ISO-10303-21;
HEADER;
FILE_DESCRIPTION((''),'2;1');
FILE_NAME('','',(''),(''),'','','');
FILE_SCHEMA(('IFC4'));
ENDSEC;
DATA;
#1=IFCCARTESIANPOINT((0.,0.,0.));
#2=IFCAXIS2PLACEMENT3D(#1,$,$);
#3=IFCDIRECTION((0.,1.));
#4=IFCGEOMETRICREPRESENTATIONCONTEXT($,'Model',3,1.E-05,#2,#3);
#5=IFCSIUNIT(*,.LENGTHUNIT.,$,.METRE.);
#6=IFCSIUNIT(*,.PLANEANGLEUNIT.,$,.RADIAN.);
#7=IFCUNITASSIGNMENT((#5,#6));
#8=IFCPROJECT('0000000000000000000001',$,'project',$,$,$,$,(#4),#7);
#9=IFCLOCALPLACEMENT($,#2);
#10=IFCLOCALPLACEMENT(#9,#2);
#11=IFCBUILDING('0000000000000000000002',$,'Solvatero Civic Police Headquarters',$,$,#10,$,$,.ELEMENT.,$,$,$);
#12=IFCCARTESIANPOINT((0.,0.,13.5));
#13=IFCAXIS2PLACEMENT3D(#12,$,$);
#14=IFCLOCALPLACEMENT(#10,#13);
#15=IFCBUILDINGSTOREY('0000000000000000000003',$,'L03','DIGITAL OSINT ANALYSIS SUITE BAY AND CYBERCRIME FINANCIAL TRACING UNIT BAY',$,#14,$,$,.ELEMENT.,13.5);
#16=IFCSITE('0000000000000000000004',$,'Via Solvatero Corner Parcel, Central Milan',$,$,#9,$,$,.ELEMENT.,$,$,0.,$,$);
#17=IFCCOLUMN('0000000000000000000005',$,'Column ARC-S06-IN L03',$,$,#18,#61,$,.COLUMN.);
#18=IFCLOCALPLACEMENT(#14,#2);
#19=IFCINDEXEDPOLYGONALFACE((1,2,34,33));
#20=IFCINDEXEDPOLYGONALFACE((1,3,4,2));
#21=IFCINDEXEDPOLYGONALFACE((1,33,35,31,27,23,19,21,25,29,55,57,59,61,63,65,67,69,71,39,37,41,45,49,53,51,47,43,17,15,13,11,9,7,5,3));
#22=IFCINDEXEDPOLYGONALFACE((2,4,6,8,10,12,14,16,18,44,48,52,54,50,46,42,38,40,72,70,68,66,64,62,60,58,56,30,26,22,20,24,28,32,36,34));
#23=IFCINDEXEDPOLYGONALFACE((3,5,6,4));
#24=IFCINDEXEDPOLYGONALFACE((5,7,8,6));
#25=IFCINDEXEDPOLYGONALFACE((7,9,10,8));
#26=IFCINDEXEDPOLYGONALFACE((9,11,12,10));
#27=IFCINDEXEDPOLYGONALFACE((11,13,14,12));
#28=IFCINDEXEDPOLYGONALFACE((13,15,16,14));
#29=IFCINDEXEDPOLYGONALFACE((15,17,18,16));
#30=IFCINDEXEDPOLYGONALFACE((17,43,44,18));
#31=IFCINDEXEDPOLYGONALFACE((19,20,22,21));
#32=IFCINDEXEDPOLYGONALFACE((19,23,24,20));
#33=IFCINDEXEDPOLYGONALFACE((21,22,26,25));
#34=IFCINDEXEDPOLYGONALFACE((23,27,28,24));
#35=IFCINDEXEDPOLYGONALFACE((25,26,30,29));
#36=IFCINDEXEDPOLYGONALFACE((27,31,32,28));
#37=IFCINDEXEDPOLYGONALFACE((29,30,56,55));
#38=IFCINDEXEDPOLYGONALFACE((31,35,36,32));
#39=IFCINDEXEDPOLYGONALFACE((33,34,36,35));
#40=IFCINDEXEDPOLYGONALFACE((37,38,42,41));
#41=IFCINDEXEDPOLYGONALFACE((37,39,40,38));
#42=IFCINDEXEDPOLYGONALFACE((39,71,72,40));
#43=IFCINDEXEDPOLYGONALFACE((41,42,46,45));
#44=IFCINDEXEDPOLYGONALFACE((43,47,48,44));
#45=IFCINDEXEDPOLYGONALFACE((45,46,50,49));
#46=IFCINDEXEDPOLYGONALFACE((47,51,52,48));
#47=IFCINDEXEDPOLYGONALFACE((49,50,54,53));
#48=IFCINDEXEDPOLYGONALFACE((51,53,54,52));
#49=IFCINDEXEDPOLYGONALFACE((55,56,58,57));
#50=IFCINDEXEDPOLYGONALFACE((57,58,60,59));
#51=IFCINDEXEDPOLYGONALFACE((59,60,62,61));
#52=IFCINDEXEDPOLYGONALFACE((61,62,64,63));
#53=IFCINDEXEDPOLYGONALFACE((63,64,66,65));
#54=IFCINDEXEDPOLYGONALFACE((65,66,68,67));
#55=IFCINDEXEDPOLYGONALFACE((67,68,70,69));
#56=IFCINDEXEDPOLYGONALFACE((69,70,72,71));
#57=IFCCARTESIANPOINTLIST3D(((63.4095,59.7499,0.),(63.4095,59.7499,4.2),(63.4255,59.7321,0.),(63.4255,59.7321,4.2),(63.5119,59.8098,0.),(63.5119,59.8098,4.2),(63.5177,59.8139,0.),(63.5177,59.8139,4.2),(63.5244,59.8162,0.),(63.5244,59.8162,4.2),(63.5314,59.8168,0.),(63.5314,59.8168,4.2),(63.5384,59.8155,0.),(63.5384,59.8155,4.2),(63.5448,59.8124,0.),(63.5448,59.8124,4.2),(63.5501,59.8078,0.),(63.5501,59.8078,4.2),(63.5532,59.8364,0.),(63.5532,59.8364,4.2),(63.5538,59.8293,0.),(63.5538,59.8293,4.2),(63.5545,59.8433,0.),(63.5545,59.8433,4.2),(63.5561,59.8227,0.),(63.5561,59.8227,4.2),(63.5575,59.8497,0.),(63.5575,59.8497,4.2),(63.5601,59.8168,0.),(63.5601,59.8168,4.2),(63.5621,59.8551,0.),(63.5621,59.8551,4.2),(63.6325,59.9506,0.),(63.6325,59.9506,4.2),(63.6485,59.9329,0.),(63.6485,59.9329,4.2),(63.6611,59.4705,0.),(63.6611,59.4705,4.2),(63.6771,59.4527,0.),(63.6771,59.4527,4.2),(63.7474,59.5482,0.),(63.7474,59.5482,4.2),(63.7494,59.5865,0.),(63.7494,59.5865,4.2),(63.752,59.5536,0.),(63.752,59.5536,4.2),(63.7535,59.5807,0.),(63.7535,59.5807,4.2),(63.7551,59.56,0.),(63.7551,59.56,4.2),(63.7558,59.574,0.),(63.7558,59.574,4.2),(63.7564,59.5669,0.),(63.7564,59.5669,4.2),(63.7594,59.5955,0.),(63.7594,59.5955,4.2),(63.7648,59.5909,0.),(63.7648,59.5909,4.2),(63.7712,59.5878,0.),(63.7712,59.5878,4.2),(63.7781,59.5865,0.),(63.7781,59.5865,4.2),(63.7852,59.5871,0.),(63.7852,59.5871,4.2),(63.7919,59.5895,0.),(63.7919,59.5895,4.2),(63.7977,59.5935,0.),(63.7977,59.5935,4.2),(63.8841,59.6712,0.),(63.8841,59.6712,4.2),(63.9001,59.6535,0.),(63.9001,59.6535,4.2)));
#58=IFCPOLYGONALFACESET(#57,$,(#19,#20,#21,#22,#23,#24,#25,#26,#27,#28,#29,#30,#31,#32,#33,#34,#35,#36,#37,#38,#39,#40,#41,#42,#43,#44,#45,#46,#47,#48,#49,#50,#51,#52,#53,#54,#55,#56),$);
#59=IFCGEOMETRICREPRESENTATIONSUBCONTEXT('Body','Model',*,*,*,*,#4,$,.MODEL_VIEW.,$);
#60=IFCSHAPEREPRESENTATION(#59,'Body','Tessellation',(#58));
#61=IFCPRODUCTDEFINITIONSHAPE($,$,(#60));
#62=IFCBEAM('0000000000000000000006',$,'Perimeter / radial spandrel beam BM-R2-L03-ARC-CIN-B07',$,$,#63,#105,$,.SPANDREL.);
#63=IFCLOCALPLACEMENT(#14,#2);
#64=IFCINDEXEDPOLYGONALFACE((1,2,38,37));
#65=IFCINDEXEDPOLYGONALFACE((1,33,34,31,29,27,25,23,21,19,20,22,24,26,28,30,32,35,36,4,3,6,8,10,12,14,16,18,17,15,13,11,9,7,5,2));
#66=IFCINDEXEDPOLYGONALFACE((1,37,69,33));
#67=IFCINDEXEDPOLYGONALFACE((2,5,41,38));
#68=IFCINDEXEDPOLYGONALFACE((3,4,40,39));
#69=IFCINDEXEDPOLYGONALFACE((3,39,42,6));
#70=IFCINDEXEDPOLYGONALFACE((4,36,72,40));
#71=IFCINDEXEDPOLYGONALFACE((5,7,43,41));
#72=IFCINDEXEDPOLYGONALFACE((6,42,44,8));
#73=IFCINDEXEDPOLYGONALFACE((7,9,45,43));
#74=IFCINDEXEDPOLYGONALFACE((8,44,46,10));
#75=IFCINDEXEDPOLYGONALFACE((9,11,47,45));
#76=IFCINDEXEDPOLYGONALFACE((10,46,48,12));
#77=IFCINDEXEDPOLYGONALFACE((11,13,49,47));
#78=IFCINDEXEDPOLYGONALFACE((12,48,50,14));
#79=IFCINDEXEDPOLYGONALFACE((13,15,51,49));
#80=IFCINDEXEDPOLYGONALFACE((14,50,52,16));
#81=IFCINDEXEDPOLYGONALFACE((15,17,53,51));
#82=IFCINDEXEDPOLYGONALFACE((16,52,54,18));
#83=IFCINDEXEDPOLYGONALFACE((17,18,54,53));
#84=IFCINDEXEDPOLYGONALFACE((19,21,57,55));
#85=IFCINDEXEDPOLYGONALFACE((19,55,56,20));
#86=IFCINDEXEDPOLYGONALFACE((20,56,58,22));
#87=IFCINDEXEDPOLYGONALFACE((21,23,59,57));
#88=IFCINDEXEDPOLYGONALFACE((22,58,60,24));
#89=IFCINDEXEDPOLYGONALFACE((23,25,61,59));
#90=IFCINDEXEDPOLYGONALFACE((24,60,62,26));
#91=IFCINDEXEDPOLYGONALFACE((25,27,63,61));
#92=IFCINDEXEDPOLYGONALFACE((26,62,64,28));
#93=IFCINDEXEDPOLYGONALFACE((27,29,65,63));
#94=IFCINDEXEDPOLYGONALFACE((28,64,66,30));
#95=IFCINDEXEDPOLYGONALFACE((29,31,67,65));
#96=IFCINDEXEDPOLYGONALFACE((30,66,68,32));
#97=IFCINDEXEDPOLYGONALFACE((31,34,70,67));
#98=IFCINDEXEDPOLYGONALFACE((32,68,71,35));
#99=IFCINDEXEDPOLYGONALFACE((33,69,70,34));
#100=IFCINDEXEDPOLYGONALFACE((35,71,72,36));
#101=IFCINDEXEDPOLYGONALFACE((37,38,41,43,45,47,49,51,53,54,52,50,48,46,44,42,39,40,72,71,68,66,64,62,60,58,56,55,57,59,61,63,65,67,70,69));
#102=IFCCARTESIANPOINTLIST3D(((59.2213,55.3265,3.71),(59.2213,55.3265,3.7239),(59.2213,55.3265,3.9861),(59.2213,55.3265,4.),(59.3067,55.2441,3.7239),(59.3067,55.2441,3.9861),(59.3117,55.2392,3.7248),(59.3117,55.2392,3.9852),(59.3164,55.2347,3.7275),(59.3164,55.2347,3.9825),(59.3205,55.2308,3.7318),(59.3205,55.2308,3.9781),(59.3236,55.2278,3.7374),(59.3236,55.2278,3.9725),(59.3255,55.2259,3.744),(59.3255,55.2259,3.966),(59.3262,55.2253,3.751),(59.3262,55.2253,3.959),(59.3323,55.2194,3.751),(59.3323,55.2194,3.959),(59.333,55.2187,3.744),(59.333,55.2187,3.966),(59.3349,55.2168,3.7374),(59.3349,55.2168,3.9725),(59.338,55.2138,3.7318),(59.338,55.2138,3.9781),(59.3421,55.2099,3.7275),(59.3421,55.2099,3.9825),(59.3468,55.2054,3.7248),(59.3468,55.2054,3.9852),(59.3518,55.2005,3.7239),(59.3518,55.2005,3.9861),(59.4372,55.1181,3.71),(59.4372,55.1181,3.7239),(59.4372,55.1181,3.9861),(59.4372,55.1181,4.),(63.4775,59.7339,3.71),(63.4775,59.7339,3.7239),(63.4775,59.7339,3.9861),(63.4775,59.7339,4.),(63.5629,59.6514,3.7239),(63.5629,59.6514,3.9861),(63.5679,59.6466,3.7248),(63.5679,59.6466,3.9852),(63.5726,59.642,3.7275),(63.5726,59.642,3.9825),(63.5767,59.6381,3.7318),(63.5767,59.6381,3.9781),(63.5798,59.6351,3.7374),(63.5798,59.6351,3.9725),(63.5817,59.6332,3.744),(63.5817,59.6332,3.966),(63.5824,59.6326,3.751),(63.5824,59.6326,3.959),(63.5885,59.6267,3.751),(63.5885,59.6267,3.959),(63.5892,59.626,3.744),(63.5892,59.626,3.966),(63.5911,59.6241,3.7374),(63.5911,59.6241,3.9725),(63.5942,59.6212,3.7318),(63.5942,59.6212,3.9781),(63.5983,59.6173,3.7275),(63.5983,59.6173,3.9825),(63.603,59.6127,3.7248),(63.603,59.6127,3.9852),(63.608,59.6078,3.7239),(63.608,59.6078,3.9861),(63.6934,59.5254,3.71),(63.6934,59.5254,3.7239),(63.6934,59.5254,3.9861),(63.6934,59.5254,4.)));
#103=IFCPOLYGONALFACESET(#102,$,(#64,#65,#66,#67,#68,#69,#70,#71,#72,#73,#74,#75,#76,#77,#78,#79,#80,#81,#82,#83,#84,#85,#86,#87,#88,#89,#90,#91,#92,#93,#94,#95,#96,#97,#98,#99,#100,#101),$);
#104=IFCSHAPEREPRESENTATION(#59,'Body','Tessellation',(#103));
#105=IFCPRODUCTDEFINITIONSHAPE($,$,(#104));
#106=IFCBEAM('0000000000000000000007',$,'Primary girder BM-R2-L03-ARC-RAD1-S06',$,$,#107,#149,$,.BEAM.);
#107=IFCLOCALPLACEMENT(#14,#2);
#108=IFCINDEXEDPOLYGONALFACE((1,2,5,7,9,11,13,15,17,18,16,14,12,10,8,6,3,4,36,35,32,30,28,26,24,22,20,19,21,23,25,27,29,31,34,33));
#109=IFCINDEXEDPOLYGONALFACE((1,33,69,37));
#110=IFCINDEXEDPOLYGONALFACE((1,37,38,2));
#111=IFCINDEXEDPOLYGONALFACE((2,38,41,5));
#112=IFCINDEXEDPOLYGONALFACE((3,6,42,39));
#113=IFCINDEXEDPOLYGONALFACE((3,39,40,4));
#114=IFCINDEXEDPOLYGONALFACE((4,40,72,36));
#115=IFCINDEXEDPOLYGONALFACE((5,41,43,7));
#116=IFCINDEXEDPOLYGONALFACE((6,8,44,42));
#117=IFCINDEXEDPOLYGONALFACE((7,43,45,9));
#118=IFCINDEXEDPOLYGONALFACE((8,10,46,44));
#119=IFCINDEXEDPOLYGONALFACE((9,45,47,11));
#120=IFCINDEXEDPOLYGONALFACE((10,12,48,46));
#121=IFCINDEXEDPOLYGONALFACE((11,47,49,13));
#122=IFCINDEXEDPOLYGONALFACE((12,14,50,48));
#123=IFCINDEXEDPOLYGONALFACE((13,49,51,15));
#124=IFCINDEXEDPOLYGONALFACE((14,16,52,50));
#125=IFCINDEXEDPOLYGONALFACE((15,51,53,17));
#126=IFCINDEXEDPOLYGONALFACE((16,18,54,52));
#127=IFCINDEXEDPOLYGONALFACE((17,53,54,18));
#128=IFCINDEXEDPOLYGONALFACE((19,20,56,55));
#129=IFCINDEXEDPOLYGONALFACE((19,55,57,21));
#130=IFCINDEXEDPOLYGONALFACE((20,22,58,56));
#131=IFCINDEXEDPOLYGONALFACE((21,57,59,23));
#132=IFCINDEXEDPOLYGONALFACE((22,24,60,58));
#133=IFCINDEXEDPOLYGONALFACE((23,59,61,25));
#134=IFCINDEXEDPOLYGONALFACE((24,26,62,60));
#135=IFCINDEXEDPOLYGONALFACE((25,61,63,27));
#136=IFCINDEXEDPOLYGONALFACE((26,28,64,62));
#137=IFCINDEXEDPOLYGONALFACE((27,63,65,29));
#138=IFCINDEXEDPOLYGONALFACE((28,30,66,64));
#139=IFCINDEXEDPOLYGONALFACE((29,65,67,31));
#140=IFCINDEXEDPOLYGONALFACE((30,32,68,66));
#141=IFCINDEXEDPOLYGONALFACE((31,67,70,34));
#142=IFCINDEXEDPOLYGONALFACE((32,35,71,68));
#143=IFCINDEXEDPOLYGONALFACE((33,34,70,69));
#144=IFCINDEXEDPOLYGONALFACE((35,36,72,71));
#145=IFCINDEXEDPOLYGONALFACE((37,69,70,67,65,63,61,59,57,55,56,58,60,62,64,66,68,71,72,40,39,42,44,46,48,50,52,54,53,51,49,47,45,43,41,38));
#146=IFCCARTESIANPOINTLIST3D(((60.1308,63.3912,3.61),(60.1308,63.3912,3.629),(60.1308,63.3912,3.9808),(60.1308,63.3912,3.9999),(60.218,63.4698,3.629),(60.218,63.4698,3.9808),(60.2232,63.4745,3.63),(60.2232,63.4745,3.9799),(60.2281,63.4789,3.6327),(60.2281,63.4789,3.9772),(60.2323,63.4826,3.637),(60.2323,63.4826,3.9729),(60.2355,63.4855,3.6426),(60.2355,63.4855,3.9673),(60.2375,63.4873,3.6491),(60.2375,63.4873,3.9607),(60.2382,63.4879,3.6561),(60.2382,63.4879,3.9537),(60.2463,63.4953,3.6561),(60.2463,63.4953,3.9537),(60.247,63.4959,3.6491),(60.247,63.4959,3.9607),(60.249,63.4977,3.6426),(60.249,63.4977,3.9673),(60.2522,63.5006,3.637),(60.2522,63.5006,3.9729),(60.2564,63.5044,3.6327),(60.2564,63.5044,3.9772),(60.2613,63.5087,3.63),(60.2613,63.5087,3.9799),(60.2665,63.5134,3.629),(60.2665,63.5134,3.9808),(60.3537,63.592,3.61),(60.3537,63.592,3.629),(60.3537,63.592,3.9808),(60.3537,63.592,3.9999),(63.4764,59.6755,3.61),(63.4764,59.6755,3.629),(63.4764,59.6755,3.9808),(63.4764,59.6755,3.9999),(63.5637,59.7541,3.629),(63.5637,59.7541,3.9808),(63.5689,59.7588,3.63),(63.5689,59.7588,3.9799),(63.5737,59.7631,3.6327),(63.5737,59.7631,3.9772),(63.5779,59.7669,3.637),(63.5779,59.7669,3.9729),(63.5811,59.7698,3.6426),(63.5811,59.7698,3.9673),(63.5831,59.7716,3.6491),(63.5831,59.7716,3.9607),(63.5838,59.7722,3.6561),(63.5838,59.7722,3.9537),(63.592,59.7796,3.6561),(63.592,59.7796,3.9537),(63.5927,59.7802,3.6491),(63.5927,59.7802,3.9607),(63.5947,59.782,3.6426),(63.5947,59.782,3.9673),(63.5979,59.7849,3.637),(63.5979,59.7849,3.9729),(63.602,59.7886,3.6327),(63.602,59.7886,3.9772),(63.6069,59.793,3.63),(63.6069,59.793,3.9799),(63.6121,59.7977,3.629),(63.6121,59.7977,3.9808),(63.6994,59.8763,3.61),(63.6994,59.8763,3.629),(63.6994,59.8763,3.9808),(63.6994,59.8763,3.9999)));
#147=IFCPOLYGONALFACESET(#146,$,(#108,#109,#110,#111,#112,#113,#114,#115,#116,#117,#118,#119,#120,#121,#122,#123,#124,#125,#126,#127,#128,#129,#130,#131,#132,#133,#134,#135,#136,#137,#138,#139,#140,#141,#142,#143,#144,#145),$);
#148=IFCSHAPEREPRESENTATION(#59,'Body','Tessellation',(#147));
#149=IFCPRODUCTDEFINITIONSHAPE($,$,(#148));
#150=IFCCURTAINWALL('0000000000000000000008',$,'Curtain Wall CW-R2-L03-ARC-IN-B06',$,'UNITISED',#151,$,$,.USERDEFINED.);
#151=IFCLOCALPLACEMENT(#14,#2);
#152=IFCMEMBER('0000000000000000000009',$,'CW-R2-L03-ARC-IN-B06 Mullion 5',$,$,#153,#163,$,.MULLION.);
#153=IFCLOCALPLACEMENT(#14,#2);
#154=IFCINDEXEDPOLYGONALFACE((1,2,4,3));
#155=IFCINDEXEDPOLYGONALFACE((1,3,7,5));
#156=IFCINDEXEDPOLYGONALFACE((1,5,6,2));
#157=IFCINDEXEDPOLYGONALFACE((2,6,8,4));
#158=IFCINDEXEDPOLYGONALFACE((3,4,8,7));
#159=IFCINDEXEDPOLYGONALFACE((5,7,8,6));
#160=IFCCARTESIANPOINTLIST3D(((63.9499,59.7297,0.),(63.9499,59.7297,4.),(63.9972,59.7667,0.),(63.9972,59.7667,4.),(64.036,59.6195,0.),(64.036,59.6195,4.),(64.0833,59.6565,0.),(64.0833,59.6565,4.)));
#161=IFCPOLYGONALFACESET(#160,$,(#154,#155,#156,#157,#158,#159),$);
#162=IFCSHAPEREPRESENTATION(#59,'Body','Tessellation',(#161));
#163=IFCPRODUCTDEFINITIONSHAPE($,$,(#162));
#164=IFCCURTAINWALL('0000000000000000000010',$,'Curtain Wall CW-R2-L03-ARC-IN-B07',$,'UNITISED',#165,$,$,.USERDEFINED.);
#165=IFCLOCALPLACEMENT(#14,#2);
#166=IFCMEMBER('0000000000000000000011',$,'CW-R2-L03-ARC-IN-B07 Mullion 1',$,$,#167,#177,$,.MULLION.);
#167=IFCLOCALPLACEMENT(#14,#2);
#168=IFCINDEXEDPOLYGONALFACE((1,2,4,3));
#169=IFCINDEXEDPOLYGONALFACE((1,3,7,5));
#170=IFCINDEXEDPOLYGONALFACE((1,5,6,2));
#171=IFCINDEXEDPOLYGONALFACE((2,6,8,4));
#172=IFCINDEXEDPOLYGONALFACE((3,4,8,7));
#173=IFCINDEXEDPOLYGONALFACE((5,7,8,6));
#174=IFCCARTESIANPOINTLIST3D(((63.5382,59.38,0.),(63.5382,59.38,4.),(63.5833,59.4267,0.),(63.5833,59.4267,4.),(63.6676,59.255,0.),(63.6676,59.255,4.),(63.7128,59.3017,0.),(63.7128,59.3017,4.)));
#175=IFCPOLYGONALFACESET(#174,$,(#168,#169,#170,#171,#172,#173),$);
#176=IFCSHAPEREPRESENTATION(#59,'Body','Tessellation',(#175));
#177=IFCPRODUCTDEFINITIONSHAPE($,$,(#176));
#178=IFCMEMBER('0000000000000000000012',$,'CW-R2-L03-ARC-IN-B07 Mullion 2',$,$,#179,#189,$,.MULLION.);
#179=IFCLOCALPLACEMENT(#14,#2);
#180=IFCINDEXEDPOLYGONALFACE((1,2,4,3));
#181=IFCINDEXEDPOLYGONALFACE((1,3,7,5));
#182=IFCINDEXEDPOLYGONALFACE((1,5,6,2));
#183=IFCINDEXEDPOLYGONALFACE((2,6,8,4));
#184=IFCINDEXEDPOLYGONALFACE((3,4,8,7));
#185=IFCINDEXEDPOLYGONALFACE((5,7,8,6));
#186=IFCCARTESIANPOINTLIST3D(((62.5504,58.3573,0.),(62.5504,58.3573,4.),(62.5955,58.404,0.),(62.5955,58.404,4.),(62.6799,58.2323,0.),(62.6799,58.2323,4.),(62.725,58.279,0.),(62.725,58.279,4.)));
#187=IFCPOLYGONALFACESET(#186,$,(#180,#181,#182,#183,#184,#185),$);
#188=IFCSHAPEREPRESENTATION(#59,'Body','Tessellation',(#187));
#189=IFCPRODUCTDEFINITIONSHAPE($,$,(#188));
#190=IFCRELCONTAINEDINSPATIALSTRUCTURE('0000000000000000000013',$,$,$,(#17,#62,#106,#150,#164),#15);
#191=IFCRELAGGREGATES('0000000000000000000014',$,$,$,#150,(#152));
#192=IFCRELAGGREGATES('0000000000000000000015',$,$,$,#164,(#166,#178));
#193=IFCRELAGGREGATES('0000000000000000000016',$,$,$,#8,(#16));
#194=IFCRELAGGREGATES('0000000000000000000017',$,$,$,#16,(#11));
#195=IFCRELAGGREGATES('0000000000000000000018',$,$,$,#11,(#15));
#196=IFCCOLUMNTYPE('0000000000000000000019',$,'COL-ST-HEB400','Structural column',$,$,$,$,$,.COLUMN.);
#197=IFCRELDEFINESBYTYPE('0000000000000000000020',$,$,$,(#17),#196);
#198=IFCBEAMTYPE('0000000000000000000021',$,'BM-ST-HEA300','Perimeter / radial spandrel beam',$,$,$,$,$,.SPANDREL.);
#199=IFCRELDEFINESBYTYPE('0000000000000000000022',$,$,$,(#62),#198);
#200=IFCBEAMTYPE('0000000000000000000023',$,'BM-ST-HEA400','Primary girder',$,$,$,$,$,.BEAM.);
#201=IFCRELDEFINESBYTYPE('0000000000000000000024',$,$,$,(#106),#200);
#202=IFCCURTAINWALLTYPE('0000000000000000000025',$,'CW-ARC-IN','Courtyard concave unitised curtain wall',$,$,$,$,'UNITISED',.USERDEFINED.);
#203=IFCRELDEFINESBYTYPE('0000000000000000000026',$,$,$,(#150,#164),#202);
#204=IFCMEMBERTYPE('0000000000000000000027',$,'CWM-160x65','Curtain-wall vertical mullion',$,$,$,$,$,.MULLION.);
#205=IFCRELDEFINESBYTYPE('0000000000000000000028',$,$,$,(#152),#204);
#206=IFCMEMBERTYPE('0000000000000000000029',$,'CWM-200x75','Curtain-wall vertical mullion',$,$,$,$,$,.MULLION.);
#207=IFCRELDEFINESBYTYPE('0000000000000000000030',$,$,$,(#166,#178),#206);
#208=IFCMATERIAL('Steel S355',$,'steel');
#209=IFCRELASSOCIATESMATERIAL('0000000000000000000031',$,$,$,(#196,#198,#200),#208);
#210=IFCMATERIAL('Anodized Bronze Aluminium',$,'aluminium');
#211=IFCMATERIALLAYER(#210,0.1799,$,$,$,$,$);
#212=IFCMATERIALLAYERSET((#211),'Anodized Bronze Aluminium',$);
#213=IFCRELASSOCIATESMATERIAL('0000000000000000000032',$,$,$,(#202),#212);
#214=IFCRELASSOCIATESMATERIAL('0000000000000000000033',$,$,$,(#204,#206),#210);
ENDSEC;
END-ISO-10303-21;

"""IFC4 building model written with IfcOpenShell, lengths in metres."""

from ifc_helpers import new_model, si_unit, direction, frame, origin, origin_2d, place, context, subcontext, project, spatial, rectangle, i_section, extrude, material, layer, layer_set, material_profile, profile_set, type_object, element, aggregate, save


model = new_model("IFC4")

# Units and contexts
model_context = context("Model", 3, precision=1e-05, world=origin(), true_north=direction((0.0, 1.0)))
body_context = subcontext(model_context, "Body", "Model", "MODEL_VIEW")
ifc_project = project(units=[si_unit("LENGTHUNIT", "METRE"), si_unit("PLANEANGLEUNIT", "RADIAN")], contexts=[model_context])

# Site, building, storey
site_placement = place(None, origin())
site = spatial("IfcSite", under=ifc_project, at=site_placement, Name="Via Solvatero Corner Parcel, Central Milan", CompositionType="ELEMENT", RefElevation=0.0)
building_placement = place(site_placement, origin())
building = spatial("IfcBuilding", under=site, at=building_placement, Name="Solvatero Civic Police Headquarters", CompositionType="ELEMENT")
storey_placement = place(building_placement, frame((0.0, 0.0, 13.5)))
storey = spatial("IfcBuildingStorey", under=building, at=storey_placement, Name="L03", Description="DIGITAL OSINT ANALYSIS SUITE BAY AND CYBERCRIME FINANCIAL TRACING UNIT BAY", CompositionType="ELEMENT", Elevation=13.5)

# Column
ifc_material_1 = material(Name="Steel S355", Category="steel")
ifc_material_profile_1 = material_profile(ifc_material_1, i_section(OverallWidth=0.3, OverallDepth=0.3999, WebThickness=0.0134, FlangeThickness=0.0239, FilletRadius=0.0271, at=origin_2d()), Name="HEB 400")
ifc_profile_set_1 = profile_set([ifc_material_profile_1], Name="Steel S355")
column_type = type_object("IfcColumnType", Name="COL-ST-HEB400", Description="Structural column", PredefinedType="COLUMN", material=ifc_profile_set_1)
column_placement = place(storey_placement, frame((63.6548, 59.7017, 0.0), z_axis=(0.0, 0.0, 1.0), x_axis=(0.743145, 0.669131, 0.0)))
element("IfcColumn", 1, at=column_placement, inside=storey, type_object=column_type, Name="Column ARC-S06-IN L03", PredefinedType="COLUMN", context=body_context, shape_type="SweptSolid", body=[
    extrude(i_section(OverallWidth=0.3, OverallDepth=0.3999, WebThickness=0.0134, FlangeThickness=0.0239, FilletRadius=0.0271, at=origin_2d()), origin(), (0.0, 0.0, 1.0), 4.2),
])

# Beams
ifc_material_profile_2 = material_profile(ifc_material_1, i_section(OverallWidth=0.3, OverallDepth=0.29, WebThickness=0.0085, FlangeThickness=0.0139, FilletRadius=0.0271, at=origin_2d()), Name="HEA 300")
ifc_profile_set_2 = profile_set([ifc_material_profile_2], Name="Steel S355")
beam_type_1 = type_object("IfcBeamType", Name="BM-ST-HEA300", Description="Perimeter / radial spandrel beam", PredefinedType="SPANDREL", material=ifc_profile_set_2)
beam_1_placement = place(storey_placement, frame((63.5854, 59.6296, 3.855), z_axis=(-0.694666, -0.719332, 0.0), x_axis=(0.719332, -0.694666, 0.0)))
element("IfcBeam", 2, at=beam_1_placement, inside=storey, type_object=beam_type_1, Name="Perimeter / radial spandrel beam BM-R2-L03-ARC-CIN-B07", PredefinedType="SPANDREL", context=body_context, shape_type="SweptSolid", body=[
    extrude(i_section(OverallWidth=0.3, OverallDepth=0.29, WebThickness=0.0085, FlangeThickness=0.0139, FilletRadius=0.0271, at=origin_2d()), origin(), (0.0, 0.0, 1.0), 6.127),
])
ifc_material_profile_3 = material_profile(ifc_material_1, i_section(OverallWidth=0.3, OverallDepth=0.3899, WebThickness=0.011, FlangeThickness=0.019, FilletRadius=0.0271, at=origin_2d()), Name="HEA 400")
ifc_profile_set_3 = profile_set([ifc_material_profile_3], Name="Steel S355")
beam_type_2 = type_object("IfcBeamType", Name="BM-ST-HEA400", Description="Primary girder", PredefinedType="BEAM", material=ifc_profile_set_3)
beam_2_placement = place(storey_placement, frame((63.5879, 59.7759, 3.8049), z_axis=(-0.669127, 0.743148, 0.0), x_axis=(-0.743148, -0.669127, 0.0)))
element("IfcBeam", 3, at=beam_2_placement, inside=storey, type_object=beam_type_2, Name="Primary girder BM-R2-L03-ARC-RAD1-S06", PredefinedType="BEAM", context=body_context, shape_type="SweptSolid", body=[
    extrude(i_section(OverallWidth=0.3, OverallDepth=0.3899, WebThickness=0.011, FlangeThickness=0.019, FilletRadius=0.0271, at=origin_2d()), origin(), (0.0, 0.0, 1.0), 5.0),
])

# Curtain wall, member
ifc_material_2 = material(Name="Anodized Bronze Aluminium", Category="aluminium")
ifc_layer_1 = layer(ifc_material_2, 0.1799)
ifc_layer_set_1 = layer_set([ifc_layer_1], Name="Anodized Bronze Aluminium")
curtain_wall_type = type_object("IfcCurtainWallType", Name="CW-ARC-IN", Description="Courtyard concave unitised curtain wall", ElementType="UNITISED", PredefinedType="USERDEFINED", material=ifc_layer_set_1)
curtain_wall_1_placement = place(storey_placement, origin())
curtain_wall_1 = element("IfcCurtainWall", 4, at=curtain_wall_1_placement, inside=storey, type_object=curtain_wall_type, Name="Curtain Wall CW-R2-L03-ARC-IN-B06", ObjectType="UNITISED", PredefinedType="USERDEFINED")
ifc_material_profile_4 = material_profile(ifc_material_2, rectangle(XDim=0.0601, YDim=0.1399, at=origin_2d()), Name="ALU MULLION 60x140")
ifc_profile_set_4 = profile_set([ifc_material_profile_4], Name="Anodized Bronze Aluminium")
member_type_1 = type_object("IfcMemberType", Name="CWM-160x65", Description="Curtain-wall vertical mullion", PredefinedType="MULLION", material=ifc_profile_set_4)
member_1_placement = place(storey_placement, frame((64.0166, 59.6931, 0.0), z_axis=(0.0, 0.0, 1.0), x_axis=(-0.788011, -0.615661, 0.0)))
member_1 = element("IfcMember", 5, at=member_1_placement, type_object=member_type_1, Name="CW-R2-L03-ARC-IN-B06 Mullion 5", PredefinedType="MULLION", context=body_context, shape_type="SweptSolid", body=[
    extrude(rectangle(XDim=0.0601, YDim=0.1399, at=origin_2d()), origin(), (0.0, 0.0, 1.0), 4.0),
])

# Curtain wall, members
curtain_wall_2_placement = place(storey_placement, origin())
curtain_wall_2 = element("IfcCurtainWall", 6, at=curtain_wall_2_placement, inside=storey, type_object=curtain_wall_type, Name="Curtain Wall CW-R2-L03-ARC-IN-B07", ObjectType="UNITISED", PredefinedType="USERDEFINED")
ifc_material_profile_5 = material_profile(ifc_material_2, rectangle(XDim=0.0649, YDim=0.1799, at=origin_2d()), Name="ALU MULLION 65x180")
ifc_profile_set_5 = profile_set([ifc_material_profile_5], Name="Anodized Bronze Aluminium")
member_type_2 = type_object("IfcMemberType", Name="CWM-200x75", Description="Curtain-wall vertical mullion", PredefinedType="MULLION", material=ifc_profile_set_5)
member_2_placement = place(storey_placement, frame((63.6255, 59.3408, 0.0), z_axis=(0.0, 0.0, 1.0), x_axis=(-0.694658, -0.71934, 0.0)))
member_2 = element("IfcMember", 7, at=member_2_placement, type_object=member_type_2, Name="CW-R2-L03-ARC-IN-B07 Mullion 1", PredefinedType="MULLION", context=body_context, shape_type="SweptSolid", body=[
    extrude(rectangle(XDim=0.0649, YDim=0.1799, at=origin_2d()), origin(), (0.0, 0.0, 1.0), 4.0),
])
member_3_placement = place(storey_placement, frame((62.6377, 58.3181, 0.0), z_axis=(0.0, 0.0, 1.0), x_axis=(-0.694658, -0.71934, 0.0)))
member_3 = element("IfcMember", 8, at=member_3_placement, type_object=member_type_2, Name="CW-R2-L03-ARC-IN-B07 Mullion 2", PredefinedType="MULLION", context=body_context, shape_type="SweptSolid", body=[
    extrude(rectangle(XDim=0.0649, YDim=0.1799, at=origin_2d()), origin(), (0.0, 0.0, 1.0), 4.0),
])

aggregate(curtain_wall_1, [member_1])
aggregate(curtain_wall_2, [member_2, member_3])

save(model, "model.ifc")
